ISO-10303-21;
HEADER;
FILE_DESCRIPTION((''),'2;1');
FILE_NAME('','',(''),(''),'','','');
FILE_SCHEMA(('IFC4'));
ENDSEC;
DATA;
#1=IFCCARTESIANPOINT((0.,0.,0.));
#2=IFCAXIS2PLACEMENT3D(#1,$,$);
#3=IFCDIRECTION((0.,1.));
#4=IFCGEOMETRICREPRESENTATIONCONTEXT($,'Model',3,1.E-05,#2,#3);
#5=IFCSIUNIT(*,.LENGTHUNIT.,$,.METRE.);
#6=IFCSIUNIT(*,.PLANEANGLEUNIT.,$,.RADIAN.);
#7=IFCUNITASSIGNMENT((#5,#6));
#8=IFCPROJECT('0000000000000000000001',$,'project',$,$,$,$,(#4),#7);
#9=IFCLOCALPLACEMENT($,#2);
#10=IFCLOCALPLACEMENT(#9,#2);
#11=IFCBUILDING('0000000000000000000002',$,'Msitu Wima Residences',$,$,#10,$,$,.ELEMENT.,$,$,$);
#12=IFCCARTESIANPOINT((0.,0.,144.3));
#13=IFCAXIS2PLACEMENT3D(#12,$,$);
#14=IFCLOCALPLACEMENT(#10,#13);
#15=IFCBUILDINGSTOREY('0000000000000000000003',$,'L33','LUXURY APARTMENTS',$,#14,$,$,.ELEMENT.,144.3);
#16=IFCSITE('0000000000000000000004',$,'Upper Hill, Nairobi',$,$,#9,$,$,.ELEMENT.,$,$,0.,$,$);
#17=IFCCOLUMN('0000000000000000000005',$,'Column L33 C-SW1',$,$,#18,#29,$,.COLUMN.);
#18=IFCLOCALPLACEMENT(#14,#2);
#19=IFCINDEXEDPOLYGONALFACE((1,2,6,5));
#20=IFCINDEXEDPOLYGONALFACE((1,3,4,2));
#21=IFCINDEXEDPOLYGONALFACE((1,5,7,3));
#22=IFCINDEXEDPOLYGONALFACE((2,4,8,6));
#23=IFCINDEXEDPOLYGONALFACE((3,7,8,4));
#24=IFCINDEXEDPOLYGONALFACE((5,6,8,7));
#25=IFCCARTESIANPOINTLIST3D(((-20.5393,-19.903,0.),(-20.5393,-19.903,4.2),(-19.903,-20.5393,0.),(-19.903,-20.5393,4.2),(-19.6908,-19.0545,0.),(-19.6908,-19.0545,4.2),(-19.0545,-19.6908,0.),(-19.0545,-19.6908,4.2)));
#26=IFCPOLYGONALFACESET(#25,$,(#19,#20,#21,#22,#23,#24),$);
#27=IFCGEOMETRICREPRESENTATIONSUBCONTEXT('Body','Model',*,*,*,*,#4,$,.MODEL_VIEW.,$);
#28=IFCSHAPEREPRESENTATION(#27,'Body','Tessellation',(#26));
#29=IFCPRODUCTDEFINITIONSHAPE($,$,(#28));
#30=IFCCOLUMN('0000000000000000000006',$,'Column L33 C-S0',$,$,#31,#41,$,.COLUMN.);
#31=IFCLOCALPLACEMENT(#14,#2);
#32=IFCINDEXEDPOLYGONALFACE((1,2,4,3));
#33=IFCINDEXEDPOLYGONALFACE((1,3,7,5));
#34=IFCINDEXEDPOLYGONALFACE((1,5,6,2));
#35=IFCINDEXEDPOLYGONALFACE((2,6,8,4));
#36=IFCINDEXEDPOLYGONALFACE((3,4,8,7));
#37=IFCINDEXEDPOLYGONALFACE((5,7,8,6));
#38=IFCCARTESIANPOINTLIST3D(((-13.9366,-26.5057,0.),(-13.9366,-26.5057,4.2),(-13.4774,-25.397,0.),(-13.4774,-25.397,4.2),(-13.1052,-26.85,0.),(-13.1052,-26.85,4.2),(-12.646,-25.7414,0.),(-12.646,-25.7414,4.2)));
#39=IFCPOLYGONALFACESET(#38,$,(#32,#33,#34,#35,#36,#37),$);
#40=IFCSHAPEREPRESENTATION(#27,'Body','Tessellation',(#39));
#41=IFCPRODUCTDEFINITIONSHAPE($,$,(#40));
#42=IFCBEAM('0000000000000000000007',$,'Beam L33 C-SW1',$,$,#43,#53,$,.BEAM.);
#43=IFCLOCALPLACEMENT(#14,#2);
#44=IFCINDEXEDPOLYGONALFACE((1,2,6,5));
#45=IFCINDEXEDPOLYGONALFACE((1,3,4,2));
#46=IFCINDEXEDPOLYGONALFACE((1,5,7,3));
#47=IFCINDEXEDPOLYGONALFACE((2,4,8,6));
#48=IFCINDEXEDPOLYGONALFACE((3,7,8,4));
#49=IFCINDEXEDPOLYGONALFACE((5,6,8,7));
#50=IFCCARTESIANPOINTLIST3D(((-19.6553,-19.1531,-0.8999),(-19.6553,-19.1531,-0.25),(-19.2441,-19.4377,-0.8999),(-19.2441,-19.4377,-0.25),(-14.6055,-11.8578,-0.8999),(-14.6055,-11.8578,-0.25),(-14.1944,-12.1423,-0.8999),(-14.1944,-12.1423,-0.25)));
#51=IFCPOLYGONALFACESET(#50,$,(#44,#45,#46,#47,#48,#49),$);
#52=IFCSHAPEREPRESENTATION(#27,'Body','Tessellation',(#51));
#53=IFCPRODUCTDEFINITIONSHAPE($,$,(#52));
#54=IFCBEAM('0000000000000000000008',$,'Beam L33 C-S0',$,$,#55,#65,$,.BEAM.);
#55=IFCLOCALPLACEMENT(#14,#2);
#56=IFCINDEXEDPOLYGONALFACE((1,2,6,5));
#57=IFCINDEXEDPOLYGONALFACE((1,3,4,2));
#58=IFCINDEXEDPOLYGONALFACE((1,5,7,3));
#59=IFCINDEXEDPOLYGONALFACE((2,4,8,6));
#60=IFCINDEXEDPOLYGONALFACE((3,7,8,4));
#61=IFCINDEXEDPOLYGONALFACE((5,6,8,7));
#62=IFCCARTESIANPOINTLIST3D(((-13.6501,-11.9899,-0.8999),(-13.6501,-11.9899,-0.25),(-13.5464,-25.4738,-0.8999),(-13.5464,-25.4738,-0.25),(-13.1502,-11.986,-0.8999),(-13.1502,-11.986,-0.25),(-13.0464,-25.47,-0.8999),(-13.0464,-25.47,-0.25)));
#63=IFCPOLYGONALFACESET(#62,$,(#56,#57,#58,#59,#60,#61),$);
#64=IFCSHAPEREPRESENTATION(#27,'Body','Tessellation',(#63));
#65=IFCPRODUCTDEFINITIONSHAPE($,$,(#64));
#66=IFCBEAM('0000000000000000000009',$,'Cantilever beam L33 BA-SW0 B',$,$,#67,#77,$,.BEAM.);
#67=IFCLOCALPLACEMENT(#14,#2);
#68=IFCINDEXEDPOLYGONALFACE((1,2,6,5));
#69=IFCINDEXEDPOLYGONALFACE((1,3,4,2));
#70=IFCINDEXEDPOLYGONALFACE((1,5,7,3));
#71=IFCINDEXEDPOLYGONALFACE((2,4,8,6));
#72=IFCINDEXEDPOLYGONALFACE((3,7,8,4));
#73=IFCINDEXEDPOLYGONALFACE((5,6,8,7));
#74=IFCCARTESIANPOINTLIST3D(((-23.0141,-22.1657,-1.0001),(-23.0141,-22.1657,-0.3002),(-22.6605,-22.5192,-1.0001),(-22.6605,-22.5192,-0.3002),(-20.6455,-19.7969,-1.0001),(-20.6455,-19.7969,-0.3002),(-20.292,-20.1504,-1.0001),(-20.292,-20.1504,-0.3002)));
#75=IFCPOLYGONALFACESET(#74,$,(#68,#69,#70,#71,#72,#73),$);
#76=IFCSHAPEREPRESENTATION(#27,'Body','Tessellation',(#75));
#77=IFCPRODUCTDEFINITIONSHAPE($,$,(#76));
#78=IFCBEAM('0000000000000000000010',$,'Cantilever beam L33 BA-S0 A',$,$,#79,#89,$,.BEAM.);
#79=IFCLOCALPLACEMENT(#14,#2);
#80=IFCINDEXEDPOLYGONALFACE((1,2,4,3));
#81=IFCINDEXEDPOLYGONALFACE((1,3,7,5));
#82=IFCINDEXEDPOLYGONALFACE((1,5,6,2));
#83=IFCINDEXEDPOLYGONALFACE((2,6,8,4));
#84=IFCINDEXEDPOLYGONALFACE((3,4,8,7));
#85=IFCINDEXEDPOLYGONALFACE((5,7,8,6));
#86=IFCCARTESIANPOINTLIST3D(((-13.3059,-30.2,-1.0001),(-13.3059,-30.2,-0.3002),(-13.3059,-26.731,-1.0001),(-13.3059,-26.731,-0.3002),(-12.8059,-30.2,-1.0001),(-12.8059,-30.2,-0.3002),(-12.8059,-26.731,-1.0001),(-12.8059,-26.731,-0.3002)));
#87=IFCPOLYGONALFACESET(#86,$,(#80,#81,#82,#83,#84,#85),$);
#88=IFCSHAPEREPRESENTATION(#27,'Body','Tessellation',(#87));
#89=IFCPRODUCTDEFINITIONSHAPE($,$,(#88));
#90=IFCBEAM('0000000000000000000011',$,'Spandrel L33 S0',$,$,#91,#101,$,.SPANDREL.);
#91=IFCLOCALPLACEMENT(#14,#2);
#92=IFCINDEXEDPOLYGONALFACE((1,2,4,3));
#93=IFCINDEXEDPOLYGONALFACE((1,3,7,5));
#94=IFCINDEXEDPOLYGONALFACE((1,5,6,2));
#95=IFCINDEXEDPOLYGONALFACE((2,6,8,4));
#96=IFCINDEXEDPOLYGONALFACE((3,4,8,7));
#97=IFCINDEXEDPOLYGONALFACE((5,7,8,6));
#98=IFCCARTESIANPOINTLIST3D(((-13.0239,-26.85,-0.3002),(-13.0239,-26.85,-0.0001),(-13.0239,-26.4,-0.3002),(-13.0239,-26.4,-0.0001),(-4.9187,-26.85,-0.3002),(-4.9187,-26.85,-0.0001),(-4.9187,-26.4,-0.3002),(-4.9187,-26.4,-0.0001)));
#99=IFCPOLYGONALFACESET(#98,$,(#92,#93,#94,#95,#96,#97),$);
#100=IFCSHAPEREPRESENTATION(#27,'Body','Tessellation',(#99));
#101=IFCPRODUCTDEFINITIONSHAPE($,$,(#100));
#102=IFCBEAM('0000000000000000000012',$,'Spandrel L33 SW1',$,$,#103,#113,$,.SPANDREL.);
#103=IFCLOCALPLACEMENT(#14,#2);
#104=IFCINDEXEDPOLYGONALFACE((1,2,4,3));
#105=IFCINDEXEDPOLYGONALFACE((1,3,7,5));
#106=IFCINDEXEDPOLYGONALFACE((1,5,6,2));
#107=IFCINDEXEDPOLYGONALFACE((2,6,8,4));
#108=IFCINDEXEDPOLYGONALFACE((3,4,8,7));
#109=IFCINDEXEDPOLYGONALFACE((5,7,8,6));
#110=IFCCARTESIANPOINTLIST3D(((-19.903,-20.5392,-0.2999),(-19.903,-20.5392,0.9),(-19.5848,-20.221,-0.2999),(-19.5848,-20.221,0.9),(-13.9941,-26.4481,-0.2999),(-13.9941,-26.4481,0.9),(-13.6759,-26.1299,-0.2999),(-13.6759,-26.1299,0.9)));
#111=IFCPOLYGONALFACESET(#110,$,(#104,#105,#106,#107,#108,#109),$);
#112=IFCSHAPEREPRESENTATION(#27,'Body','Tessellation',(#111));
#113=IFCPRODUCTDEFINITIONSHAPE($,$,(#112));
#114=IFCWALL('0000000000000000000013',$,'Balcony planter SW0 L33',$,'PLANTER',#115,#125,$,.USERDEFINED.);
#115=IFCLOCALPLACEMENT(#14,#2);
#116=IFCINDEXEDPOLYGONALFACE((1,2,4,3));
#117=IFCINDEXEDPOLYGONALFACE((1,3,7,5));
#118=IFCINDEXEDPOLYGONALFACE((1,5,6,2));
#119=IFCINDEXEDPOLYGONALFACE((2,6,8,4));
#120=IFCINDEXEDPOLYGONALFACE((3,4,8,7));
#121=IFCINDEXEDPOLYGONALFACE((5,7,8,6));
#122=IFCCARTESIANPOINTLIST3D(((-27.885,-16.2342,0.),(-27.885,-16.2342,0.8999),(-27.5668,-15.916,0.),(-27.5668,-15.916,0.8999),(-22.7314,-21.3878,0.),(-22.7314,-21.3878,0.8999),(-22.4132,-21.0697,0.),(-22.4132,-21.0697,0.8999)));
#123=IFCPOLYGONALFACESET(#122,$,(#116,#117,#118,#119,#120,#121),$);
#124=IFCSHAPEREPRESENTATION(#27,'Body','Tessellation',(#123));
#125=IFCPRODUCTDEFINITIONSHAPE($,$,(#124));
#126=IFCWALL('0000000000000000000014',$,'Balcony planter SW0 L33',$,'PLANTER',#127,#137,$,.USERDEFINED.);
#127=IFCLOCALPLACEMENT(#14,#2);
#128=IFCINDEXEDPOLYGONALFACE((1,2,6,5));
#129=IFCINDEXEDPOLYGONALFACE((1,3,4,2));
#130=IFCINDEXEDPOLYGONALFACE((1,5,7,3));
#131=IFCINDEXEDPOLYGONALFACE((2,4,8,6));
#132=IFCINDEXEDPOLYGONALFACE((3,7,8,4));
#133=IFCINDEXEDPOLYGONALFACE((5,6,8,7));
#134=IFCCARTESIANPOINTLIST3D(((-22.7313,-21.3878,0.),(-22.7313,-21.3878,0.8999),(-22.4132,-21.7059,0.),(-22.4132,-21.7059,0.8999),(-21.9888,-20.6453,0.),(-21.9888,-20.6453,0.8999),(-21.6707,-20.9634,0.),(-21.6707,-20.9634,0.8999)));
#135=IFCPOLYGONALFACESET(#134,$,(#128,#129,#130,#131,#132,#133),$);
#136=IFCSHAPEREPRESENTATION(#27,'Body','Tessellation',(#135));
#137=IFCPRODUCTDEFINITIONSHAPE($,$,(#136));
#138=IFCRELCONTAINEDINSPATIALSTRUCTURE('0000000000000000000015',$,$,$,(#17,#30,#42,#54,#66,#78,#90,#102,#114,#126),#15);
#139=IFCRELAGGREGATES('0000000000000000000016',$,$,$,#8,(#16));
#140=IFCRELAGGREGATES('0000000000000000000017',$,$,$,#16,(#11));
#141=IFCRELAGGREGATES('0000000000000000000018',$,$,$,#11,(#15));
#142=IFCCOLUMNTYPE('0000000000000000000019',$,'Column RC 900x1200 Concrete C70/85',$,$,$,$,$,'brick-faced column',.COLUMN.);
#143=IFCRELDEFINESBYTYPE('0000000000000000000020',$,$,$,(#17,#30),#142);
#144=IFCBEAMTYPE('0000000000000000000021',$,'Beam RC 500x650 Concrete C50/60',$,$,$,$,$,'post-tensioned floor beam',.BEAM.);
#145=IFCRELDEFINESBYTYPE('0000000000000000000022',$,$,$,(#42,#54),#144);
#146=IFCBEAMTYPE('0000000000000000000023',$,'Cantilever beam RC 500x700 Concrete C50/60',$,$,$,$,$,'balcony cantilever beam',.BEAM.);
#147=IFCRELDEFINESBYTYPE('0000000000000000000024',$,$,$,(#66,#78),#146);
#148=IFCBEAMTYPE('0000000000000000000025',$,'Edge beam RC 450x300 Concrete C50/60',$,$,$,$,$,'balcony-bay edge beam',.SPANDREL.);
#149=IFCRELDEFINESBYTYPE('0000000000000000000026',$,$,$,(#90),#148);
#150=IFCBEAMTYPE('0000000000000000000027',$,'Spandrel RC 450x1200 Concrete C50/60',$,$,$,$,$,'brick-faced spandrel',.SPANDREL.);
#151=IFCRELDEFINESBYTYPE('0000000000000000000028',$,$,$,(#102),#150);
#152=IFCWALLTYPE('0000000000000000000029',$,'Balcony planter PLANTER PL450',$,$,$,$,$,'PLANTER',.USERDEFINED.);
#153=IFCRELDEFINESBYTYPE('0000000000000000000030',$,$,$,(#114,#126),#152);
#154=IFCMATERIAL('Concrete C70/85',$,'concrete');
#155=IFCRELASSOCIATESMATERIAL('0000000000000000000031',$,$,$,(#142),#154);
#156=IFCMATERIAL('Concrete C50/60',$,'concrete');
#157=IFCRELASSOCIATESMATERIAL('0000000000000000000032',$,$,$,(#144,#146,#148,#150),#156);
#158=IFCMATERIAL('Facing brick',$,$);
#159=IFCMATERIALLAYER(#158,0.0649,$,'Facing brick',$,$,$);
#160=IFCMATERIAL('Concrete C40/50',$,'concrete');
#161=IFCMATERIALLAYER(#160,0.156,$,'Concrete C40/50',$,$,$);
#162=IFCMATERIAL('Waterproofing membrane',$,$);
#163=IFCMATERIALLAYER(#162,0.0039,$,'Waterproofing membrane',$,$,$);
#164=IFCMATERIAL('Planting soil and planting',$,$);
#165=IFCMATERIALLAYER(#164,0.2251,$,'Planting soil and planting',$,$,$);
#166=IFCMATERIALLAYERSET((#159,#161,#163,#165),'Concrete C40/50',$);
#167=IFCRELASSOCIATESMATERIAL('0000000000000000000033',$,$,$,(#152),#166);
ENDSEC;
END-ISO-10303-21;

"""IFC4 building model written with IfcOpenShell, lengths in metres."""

from ifc_helpers import new_model, si_unit, direction, frame, frame_2d, origin, origin_2d, place, context, subcontext, project, spatial, rectangle, extrude, material, layer, layer_set, material_profile, profile_set, type_object, element, save


model = new_model("IFC4")

# Units and contexts
model_context = context("Model", 3, precision=1e-05, world=origin(), true_north=direction((0.0, 1.0)))
body_context = subcontext(model_context, "Body", "Model", "MODEL_VIEW")
ifc_project = project(units=[si_unit("LENGTHUNIT", "METRE"), si_unit("PLANEANGLEUNIT", "RADIAN")], contexts=[model_context])

# Site, building, storey
site_placement = place(None, origin())
site = spatial("IfcSite", under=ifc_project, at=site_placement, Name="Upper Hill, Nairobi", CompositionType="ELEMENT", RefElevation=0.0)
building_placement = place(site_placement, origin())
building = spatial("IfcBuilding", under=site, at=building_placement, Name="Msitu Wima Residences", CompositionType="ELEMENT")
storey_placement = place(building_placement, frame((0.0, 0.0, 144.3)))
storey = spatial("IfcBuildingStorey", under=building, at=storey_placement, Name="L33", Description="LUXURY APARTMENTS", CompositionType="ELEMENT", Elevation=144.3)

# Columns
ifc_material_1 = material(Name="Concrete C70/85", Category="concrete")
ifc_material_profile_1 = material_profile(ifc_material_1, rectangle(XDim=0.8999, YDim=1.2, at=origin_2d()), Name="RC 900x1200")
ifc_profile_set_1 = profile_set([ifc_material_profile_1], Name="Concrete C70/85")
column_type = type_object("IfcColumnType", Name="Column RC 900x1200 Concrete C70/85", ElementType="brick-faced column", PredefinedType="COLUMN", material=ifc_profile_set_1)
for number, where, z_axis, x_axis, name in (
    (1, (-19.7969, -19.7969, 0.0), (0.0, 0.0, 1.0), (0.707107, -0.707107, 0.0), "Column L33 C-SW1"),
    (2, (-13.2913, -26.1235, 0.0), (0.0, 0.0, 1.0), (0.92388, -0.382683, 0.0), "Column L33 C-S0"),
):
    element("IfcColumn", number, at=place(storey_placement, frame(where, z_axis=z_axis, x_axis=x_axis)), inside=storey, type_object=column_type, Name=name, PredefinedType="COLUMN", context=body_context, shape_type="SweptSolid", body=[
        extrude(rectangle(XDim=0.8999, YDim=1.2, at=origin_2d()), origin(), (0.0, 0.0, 1.0), 4.2),
    ])

# Beams
ifc_material_2 = material(Name="Concrete C50/60", Category="concrete")
ifc_material_profile_2 = material_profile(ifc_material_2, rectangle(XDim=0.5, YDim=0.6499, at=origin_2d()), Name="RC 500x650")
ifc_profile_set_2 = profile_set([ifc_material_profile_2], Name="Concrete C50/60")
beam_type_1 = type_object("IfcBeamType", Name="Beam RC 500x650 Concrete C50/60", ElementType="post-tensioned floor beam", PredefinedType="BEAM", material=ifc_profile_set_2)
beam_1_placement = place(storey_placement, frame((-19.4497, -19.2954, -0.575), z_axis=(0.569144, 0.822238, 0.0), x_axis=(-0.822238, 0.569144, 0.0)))
element("IfcBeam", 3, at=beam_1_placement, inside=storey, type_object=beam_type_1, Name="Beam L33 C-SW1", PredefinedType="BEAM", context=body_context, shape_type="SweptSolid", body=[
    extrude(rectangle(XDim=0.5, YDim=0.6499, at=origin_2d()), origin(), (0.0, 0.0, 1.0), 8.8726),
])
beam_2_placement = place(storey_placement, frame((-13.2964, -25.4719, -0.575), z_axis=(-0.007695, 0.99997, 0.0), x_axis=(-0.99997, -0.007695, 0.0)))
element("IfcBeam", 4, at=beam_2_placement, inside=storey, type_object=beam_type_1, Name="Beam L33 C-S0", PredefinedType="BEAM", context=body_context, shape_type="SweptSolid", body=[
    extrude(rectangle(XDim=0.5, YDim=0.6499, at=origin_2d()), origin(), (0.0, 0.0, 1.0), 13.4844),
])
ifc_material_profile_3 = material_profile(ifc_material_2, rectangle(XDim=0.5, YDim=0.7, at=origin_2d()), Name="RC 500x700")
ifc_profile_set_3 = profile_set([ifc_material_profile_3], Name="Concrete C50/60")
beam_type_2 = type_object("IfcBeamType", Name="Cantilever beam RC 500x700 Concrete C50/60", ElementType="balcony cantilever beam", PredefinedType="BEAM", material=ifc_profile_set_3)
beam_3_placement = place(storey_placement, frame((-20.4688, -19.9736, -0.6501), z_axis=(-0.70707, -0.707143, 0.0), x_axis=(0.707143, -0.70707, 0.0)))
element("IfcBeam", 5, at=beam_3_placement, inside=storey, type_object=beam_type_2, Name="Cantilever beam L33 BA-SW0 B", PredefinedType="BEAM", context=body_context, shape_type="SweptSolid", body=[
    extrude(rectangle(XDim=0.5, YDim=0.7, at=origin_2d()), origin(), (0.0, 0.0, 1.0), 3.3499),
])
beam_4_placement = place(storey_placement, frame((-13.0559, -26.731, -0.6501), z_axis=(0.0, -1.0, 0.0), x_axis=(1.0, 0.0, 0.0)))
element("IfcBeam", 6, at=beam_4_placement, inside=storey, type_object=beam_type_2, Name="Cantilever beam L33 BA-S0 A", PredefinedType="BEAM", context=body_context, shape_type="SweptSolid", body=[
    extrude(rectangle(XDim=0.5, YDim=0.7, at=origin_2d()), origin(), (0.0, 0.0, 1.0), 3.469),
])
ifc_material_profile_4 = material_profile(ifc_material_2, rectangle(XDim=0.45, YDim=0.3, at=origin_2d()), Name="RC 450x300")
ifc_profile_set_4 = profile_set([ifc_material_profile_4], Name="Concrete C50/60")
beam_type_3 = type_object("IfcBeamType", Name="Edge beam RC 450x300 Concrete C50/60", ElementType="balcony-bay edge beam", PredefinedType="SPANDREL", material=ifc_profile_set_4)
beam_5_placement = place(storey_placement, frame((-13.0239, -26.625, -0.1501), z_axis=(1.0, 0.0, 0.0), x_axis=(0.0, 1.0, 0.0)))
element("IfcBeam", 7, at=beam_5_placement, inside=storey, type_object=beam_type_3, Name="Spandrel L33 S0", PredefinedType="SPANDREL", context=body_context, shape_type="SweptSolid", body=[
    extrude(rectangle(XDim=0.45, YDim=0.3, at=origin_2d()), origin(), (0.0, 0.0, 1.0), 8.1052),
])
ifc_material_profile_5 = material_profile(ifc_material_2, rectangle(XDim=0.45, YDim=1.2, at=origin_2d()), Name="RC 450x1200")
ifc_profile_set_5 = profile_set([ifc_material_profile_5], Name="Concrete C50/60")
beam_type_4 = type_object("IfcBeamType", Name="Spandrel RC 450x1200 Concrete C50/60", ElementType="brick-faced spandrel", PredefinedType="SPANDREL", material=ifc_profile_set_5)
beam_6_placement = place(storey_placement, frame((-19.7439, -20.3801, 0.3), z_axis=(0.707107, -0.707107, 0.0), x_axis=(0.707107, 0.707107, 0.0)))
element("IfcBeam", 8, at=beam_6_placement, inside=storey, type_object=beam_type_4, Name="Spandrel L33 SW1", PredefinedType="SPANDREL", context=body_context, shape_type="SweptSolid", body=[
    extrude(rectangle(XDim=0.45, YDim=1.2, at=origin_2d()), origin(), (0.0, 0.0, 1.0), 8.3564),
])

# Walls
ifc_material_3 = material(Name="Facing brick")
ifc_layer_1 = layer(ifc_material_3, 0.0649, Name="Facing brick")
ifc_material_4 = material(Name="Concrete C40/50", Category="concrete")
ifc_layer_2 = layer(ifc_material_4, 0.156, Name="Concrete C40/50")
ifc_material_5 = material(Name="Waterproofing membrane")
ifc_layer_3 = layer(ifc_material_5, 0.0039, Name="Waterproofing membrane")
ifc_material_6 = material(Name="Planting soil and planting")
ifc_layer_4 = layer(ifc_material_6, 0.2251, Name="Planting soil and planting")
ifc_layer_set_1 = layer_set([ifc_layer_1, ifc_layer_2, ifc_layer_3, ifc_layer_4], Name="Concrete C40/50")
wall_type_1 = type_object("IfcWallType", Name="Balcony planter PLANTER PL450", ElementType="PLANTER", PredefinedType="USERDEFINED", material=ifc_layer_set_1)
wall_1_placement = place(storey_placement, frame((-27.7258, -16.0752, 0.0), z_axis=(0.0, 0.0, 1.0), x_axis=(0.707107, -0.707107, 0.0)))
element("IfcWall", 9, at=wall_1_placement, inside=storey, type_object=wall_type_1, Name="Balcony planter SW0 L33", ObjectType="PLANTER", PredefinedType="USERDEFINED", context=body_context, shape_type="SweptSolid", body=[
    extrude(rectangle(XDim=7.2883, YDim=0.45, at=frame_2d((3.644, 0.0))), origin(), (0.0, 0.0, 1.0), 0.8999),
])
wall_2_placement = place(storey_placement, frame((-21.8298, -20.8044, 0.0), z_axis=(0.0, 0.0, 1.0), x_axis=(-0.707107, -0.707107, 0.0)))
element("IfcWall", 10, at=wall_2_placement, inside=storey, type_object=wall_type_1, Name="Balcony planter SW0 L33", ObjectType="PLANTER", PredefinedType="USERDEFINED", context=body_context, shape_type="SweptSolid", body=[
    extrude(rectangle(XDim=1.05, YDim=0.45, at=frame_2d((0.5249, 0.0))), origin(), (0.0, 0.0, 1.0), 0.8999),
])

save(model, "model.ifc")
